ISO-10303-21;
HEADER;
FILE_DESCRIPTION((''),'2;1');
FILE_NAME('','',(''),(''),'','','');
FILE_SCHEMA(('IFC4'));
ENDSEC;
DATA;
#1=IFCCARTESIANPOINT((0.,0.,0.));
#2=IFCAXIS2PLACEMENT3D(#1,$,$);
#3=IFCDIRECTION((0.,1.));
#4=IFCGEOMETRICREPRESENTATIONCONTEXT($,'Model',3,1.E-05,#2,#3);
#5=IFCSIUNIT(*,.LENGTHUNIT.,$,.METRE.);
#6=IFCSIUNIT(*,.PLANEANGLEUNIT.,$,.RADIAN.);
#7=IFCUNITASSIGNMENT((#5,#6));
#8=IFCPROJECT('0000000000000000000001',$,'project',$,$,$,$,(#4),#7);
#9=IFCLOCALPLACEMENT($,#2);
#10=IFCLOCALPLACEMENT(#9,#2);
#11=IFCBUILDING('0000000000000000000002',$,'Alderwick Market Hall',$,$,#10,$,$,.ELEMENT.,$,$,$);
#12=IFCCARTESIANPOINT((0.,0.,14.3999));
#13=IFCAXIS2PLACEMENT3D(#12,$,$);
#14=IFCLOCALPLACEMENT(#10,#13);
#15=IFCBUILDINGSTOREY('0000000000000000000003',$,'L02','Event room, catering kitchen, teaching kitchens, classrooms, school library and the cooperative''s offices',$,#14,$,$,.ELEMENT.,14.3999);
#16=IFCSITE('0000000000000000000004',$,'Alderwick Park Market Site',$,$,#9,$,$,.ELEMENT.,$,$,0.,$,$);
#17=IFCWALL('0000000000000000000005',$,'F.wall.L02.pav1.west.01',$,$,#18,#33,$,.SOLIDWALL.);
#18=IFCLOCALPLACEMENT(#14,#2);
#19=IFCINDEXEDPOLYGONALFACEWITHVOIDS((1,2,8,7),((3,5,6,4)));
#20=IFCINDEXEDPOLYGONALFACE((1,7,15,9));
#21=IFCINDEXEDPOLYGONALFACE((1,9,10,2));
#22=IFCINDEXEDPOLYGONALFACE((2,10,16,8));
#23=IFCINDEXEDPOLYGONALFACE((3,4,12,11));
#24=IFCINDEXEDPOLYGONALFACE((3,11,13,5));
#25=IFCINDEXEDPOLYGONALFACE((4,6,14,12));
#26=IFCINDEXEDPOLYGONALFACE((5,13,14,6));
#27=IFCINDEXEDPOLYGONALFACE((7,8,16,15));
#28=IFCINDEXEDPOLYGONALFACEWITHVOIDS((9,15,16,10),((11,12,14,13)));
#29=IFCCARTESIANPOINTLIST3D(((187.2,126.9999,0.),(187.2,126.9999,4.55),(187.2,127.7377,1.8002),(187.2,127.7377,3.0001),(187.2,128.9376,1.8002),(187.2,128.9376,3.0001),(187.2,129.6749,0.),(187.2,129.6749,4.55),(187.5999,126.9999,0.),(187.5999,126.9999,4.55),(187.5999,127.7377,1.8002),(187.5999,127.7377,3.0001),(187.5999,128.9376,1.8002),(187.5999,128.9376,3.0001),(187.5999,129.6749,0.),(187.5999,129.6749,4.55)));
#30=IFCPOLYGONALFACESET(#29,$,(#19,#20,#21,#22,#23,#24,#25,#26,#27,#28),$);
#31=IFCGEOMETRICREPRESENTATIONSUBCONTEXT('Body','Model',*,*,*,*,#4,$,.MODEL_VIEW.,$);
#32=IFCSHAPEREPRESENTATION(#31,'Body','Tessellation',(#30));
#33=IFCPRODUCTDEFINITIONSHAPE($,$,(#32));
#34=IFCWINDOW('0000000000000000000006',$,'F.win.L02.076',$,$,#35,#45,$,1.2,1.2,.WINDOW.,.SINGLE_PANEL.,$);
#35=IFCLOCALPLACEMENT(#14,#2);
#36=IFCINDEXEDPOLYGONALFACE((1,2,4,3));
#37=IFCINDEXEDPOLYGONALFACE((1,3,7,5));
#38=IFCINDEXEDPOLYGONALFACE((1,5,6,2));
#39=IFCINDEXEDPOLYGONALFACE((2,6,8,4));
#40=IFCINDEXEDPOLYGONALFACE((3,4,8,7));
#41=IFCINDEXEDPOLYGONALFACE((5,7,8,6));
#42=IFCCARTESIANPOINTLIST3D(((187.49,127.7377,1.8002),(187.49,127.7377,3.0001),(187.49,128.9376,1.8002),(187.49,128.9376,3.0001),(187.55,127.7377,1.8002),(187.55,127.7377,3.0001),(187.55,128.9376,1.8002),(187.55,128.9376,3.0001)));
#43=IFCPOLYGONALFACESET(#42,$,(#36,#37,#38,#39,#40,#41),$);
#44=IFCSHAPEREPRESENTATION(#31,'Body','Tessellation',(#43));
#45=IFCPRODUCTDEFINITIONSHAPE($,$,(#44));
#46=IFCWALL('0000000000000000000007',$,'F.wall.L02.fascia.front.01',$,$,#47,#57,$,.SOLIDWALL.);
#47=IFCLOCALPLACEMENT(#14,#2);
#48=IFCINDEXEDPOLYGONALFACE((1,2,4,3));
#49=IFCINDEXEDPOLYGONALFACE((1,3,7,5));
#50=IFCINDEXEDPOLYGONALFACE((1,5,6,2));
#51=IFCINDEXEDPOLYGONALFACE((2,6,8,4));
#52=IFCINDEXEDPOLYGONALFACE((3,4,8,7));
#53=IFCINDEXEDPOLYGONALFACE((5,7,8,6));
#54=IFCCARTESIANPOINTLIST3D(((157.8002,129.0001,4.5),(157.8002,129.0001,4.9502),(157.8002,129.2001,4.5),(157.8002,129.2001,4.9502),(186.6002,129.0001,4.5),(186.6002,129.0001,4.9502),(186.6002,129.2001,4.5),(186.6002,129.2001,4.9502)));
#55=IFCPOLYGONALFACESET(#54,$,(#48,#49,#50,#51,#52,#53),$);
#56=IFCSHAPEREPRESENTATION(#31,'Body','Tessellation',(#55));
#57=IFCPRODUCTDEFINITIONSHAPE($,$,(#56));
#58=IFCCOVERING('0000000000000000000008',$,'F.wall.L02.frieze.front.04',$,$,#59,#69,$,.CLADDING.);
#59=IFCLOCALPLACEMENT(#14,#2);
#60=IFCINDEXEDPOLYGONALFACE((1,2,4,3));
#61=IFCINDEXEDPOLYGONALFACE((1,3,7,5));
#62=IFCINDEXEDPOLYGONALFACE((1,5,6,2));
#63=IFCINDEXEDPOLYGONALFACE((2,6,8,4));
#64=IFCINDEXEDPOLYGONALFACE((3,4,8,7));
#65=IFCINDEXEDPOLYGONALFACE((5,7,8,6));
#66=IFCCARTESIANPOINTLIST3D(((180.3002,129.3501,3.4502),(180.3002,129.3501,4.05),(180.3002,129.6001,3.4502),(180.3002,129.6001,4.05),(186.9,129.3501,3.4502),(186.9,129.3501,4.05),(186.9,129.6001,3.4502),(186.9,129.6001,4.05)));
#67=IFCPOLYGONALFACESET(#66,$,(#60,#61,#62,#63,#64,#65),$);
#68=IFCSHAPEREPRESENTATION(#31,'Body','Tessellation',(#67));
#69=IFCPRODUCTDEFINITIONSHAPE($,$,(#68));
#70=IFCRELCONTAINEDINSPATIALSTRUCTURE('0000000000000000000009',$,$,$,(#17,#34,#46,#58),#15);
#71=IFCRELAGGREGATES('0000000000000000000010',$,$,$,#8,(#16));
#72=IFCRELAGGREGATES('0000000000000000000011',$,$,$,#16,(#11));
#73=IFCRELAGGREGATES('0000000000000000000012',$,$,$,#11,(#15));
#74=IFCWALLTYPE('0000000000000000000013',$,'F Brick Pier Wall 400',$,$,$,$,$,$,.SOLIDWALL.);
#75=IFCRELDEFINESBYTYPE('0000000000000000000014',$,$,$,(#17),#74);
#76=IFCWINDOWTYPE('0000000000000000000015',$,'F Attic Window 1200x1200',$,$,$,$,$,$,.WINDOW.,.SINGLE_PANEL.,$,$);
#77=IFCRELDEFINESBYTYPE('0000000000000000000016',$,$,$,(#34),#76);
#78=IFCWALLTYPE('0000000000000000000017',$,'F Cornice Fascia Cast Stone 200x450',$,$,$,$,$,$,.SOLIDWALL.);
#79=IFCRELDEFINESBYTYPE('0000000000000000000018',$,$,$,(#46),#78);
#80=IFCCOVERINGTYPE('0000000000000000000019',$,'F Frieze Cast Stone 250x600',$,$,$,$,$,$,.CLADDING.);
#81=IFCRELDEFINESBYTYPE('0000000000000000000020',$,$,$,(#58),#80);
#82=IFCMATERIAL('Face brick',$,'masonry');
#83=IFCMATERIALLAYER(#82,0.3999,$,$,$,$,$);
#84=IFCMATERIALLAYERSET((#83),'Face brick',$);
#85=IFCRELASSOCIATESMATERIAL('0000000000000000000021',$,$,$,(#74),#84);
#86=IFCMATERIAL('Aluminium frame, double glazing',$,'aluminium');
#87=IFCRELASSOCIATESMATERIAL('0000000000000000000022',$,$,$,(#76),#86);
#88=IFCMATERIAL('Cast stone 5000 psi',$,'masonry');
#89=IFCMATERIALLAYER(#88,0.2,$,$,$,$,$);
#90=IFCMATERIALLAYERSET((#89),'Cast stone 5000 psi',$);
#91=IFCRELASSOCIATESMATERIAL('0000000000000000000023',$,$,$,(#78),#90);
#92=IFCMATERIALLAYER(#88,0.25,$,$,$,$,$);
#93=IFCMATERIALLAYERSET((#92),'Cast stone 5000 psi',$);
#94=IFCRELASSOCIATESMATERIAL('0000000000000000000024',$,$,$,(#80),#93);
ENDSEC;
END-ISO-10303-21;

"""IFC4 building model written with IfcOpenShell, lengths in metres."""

from ifc_helpers import new_model, si_unit, direction, frame, frame_2d, origin, place, context, subcontext, project, spatial, rectangle, extrude, material, layer, layer_set, type_object, element, fill, save


model = new_model("IFC4")

# Units and contexts
model_context = context("Model", 3, precision=1e-05, world=origin(), true_north=direction((0.0, 1.0)))
body_context = subcontext(model_context, "Body", "Model", "MODEL_VIEW")
ifc_project = project(units=[si_unit("LENGTHUNIT", "METRE"), si_unit("PLANEANGLEUNIT", "RADIAN")], contexts=[model_context])

# Site, building, storey
site_placement = place(None, origin())
site = spatial("IfcSite", under=ifc_project, at=site_placement, Name="Alderwick Park Market Site", CompositionType="ELEMENT", RefElevation=0.0)
building_placement = place(site_placement, origin())
building = spatial("IfcBuilding", under=site, at=building_placement, Name="Alderwick Market Hall", CompositionType="ELEMENT")
storey_placement = place(building_placement, frame((0.0, 0.0, 14.3999)))
storey = spatial("IfcBuildingStorey", under=building, at=storey_placement, Name="L02", Description="Event room, catering kitchen, teaching kitchens, classrooms, school library and the cooperative's offices", CompositionType="ELEMENT", Elevation=14.3999)

# Shared definitions
ifc_material_1 = material(Name="Face brick", Category="masonry")
ifc_layer_1 = layer(ifc_material_1, 0.3999)
ifc_layer_set_1 = layer_set([ifc_layer_1], Name="Face brick")
wall_type_1 = type_object("IfcWallType", Name="F Brick Pier Wall 400", PredefinedType="SOLIDWALL", material=ifc_layer_set_1)
ifc_material_2 = material(Name="Aluminium frame, double glazing", Category="aluminium")
window_type = type_object("IfcWindowType", Name="F Attic Window 1200x1200", PartitioningType="SINGLE_PANEL", PredefinedType="WINDOW", material=ifc_material_2)

# Wall, opening, window
wall_1_placement = place(storey_placement, frame((187.3999, 127.0, 0.0), z_axis=(0.0, 0.0, 1.0), x_axis=(0.0, 1.0, 0.0)))
wall_1 = element("IfcWall", 1, at=wall_1_placement, inside=storey, type_object=wall_type_1, Name="F.wall.L02.pav1.west.01", PredefinedType="SOLIDWALL", context=body_context, shape_type="SweptSolid", body=[
    extrude(rectangle(XDim=2.675, YDim=0.3999, at=frame_2d((1.3374, 0.0))), origin(), (0.0, 0.0, 1.0), 4.55),
])
opening_1_placement = place(wall_1_placement, frame((0.7375, 0.0, 1.8)))
opening_1 = element("IfcOpeningElement", 2, at=opening_1_placement, cuts=wall_1, PredefinedType="OPENING", context=body_context, shape_type="SweptSolid", body=[
    extrude(rectangle(XDim=1.2, YDim=1.2, at=frame_2d((0.6001, 0.6001))), frame((0.0, 0.21, 0.0), z_axis=(0.0, -1.0, 0.0), x_axis=(1.0, 0.0, 0.0)), (0.0, 0.0, 1.0), 0.4199),
])
window_1_placement = place(opening_1_placement, origin())
window_1 = element("IfcWindow", 3, at=window_1_placement, inside=storey, type_object=window_type, Name="F.win.L02.076", OverallHeight=1.2, OverallWidth=1.2, PartitioningType="SINGLE_PANEL", PredefinedType="WINDOW", context=body_context, shape_type="SweptSolid", body=[
    extrude(rectangle(XDim=1.2, YDim=1.2, at=frame_2d((0.6001, 0.6001))), frame((0.0, -0.0901, 0.0), z_axis=(0.0, -1.0, 0.0), x_axis=(1.0, 0.0, 0.0)), (0.0, 0.0, 1.0), 0.0601),
])
fill(opening_1, window_1)

# Wall
ifc_material_3 = material(Name="Cast stone 5000 psi", Category="masonry")
ifc_layer_2 = layer(ifc_material_3, 0.2)
ifc_layer_set_2 = layer_set([ifc_layer_2], Name="Cast stone 5000 psi")
wall_type_2 = type_object("IfcWallType", Name="F Cornice Fascia Cast Stone 200x450", PredefinedType="SOLIDWALL", material=ifc_layer_set_2)
wall_2_placement = place(storey_placement, frame((186.6001, 129.1001, 4.5), z_axis=(0.0, 0.0, 1.0), x_axis=(-1.0, 0.0, 0.0)))
element("IfcWall", 4, at=wall_2_placement, inside=storey, type_object=wall_type_2, Name="F.wall.L02.fascia.front.01", PredefinedType="SOLIDWALL", context=body_context, shape_type="SweptSolid", body=[
    extrude(rectangle(XDim=28.8, YDim=0.2, at=frame_2d((14.3999, 0.0))), origin(), (0.0, 0.0, 1.0), 0.4502),
])

# Covering
ifc_layer_3 = layer(ifc_material_3, 0.25)
ifc_layer_set_3 = layer_set([ifc_layer_3], Name="Cast stone 5000 psi")
covering_type = type_object("IfcCoveringType", Name="F Frieze Cast Stone 250x600", PredefinedType="CLADDING", material=ifc_layer_set_3)
covering_placement = place(storey_placement, frame((186.8999, 129.4751, 3.4502), z_axis=(0.0, 0.0, 1.0), x_axis=(-1.0, 0.0, 0.0)))
element("IfcCovering", 5, at=covering_placement, inside=storey, type_object=covering_type, Name="F.wall.L02.frieze.front.04", PredefinedType="CLADDING", context=body_context, shape_type="SweptSolid", body=[
    extrude(rectangle(XDim=6.5999, YDim=0.25, at=frame_2d((3.2998, 0.0))), origin(), (0.0, 0.0, 1.0), 0.5999),
])

save(model, "model.ifc")
